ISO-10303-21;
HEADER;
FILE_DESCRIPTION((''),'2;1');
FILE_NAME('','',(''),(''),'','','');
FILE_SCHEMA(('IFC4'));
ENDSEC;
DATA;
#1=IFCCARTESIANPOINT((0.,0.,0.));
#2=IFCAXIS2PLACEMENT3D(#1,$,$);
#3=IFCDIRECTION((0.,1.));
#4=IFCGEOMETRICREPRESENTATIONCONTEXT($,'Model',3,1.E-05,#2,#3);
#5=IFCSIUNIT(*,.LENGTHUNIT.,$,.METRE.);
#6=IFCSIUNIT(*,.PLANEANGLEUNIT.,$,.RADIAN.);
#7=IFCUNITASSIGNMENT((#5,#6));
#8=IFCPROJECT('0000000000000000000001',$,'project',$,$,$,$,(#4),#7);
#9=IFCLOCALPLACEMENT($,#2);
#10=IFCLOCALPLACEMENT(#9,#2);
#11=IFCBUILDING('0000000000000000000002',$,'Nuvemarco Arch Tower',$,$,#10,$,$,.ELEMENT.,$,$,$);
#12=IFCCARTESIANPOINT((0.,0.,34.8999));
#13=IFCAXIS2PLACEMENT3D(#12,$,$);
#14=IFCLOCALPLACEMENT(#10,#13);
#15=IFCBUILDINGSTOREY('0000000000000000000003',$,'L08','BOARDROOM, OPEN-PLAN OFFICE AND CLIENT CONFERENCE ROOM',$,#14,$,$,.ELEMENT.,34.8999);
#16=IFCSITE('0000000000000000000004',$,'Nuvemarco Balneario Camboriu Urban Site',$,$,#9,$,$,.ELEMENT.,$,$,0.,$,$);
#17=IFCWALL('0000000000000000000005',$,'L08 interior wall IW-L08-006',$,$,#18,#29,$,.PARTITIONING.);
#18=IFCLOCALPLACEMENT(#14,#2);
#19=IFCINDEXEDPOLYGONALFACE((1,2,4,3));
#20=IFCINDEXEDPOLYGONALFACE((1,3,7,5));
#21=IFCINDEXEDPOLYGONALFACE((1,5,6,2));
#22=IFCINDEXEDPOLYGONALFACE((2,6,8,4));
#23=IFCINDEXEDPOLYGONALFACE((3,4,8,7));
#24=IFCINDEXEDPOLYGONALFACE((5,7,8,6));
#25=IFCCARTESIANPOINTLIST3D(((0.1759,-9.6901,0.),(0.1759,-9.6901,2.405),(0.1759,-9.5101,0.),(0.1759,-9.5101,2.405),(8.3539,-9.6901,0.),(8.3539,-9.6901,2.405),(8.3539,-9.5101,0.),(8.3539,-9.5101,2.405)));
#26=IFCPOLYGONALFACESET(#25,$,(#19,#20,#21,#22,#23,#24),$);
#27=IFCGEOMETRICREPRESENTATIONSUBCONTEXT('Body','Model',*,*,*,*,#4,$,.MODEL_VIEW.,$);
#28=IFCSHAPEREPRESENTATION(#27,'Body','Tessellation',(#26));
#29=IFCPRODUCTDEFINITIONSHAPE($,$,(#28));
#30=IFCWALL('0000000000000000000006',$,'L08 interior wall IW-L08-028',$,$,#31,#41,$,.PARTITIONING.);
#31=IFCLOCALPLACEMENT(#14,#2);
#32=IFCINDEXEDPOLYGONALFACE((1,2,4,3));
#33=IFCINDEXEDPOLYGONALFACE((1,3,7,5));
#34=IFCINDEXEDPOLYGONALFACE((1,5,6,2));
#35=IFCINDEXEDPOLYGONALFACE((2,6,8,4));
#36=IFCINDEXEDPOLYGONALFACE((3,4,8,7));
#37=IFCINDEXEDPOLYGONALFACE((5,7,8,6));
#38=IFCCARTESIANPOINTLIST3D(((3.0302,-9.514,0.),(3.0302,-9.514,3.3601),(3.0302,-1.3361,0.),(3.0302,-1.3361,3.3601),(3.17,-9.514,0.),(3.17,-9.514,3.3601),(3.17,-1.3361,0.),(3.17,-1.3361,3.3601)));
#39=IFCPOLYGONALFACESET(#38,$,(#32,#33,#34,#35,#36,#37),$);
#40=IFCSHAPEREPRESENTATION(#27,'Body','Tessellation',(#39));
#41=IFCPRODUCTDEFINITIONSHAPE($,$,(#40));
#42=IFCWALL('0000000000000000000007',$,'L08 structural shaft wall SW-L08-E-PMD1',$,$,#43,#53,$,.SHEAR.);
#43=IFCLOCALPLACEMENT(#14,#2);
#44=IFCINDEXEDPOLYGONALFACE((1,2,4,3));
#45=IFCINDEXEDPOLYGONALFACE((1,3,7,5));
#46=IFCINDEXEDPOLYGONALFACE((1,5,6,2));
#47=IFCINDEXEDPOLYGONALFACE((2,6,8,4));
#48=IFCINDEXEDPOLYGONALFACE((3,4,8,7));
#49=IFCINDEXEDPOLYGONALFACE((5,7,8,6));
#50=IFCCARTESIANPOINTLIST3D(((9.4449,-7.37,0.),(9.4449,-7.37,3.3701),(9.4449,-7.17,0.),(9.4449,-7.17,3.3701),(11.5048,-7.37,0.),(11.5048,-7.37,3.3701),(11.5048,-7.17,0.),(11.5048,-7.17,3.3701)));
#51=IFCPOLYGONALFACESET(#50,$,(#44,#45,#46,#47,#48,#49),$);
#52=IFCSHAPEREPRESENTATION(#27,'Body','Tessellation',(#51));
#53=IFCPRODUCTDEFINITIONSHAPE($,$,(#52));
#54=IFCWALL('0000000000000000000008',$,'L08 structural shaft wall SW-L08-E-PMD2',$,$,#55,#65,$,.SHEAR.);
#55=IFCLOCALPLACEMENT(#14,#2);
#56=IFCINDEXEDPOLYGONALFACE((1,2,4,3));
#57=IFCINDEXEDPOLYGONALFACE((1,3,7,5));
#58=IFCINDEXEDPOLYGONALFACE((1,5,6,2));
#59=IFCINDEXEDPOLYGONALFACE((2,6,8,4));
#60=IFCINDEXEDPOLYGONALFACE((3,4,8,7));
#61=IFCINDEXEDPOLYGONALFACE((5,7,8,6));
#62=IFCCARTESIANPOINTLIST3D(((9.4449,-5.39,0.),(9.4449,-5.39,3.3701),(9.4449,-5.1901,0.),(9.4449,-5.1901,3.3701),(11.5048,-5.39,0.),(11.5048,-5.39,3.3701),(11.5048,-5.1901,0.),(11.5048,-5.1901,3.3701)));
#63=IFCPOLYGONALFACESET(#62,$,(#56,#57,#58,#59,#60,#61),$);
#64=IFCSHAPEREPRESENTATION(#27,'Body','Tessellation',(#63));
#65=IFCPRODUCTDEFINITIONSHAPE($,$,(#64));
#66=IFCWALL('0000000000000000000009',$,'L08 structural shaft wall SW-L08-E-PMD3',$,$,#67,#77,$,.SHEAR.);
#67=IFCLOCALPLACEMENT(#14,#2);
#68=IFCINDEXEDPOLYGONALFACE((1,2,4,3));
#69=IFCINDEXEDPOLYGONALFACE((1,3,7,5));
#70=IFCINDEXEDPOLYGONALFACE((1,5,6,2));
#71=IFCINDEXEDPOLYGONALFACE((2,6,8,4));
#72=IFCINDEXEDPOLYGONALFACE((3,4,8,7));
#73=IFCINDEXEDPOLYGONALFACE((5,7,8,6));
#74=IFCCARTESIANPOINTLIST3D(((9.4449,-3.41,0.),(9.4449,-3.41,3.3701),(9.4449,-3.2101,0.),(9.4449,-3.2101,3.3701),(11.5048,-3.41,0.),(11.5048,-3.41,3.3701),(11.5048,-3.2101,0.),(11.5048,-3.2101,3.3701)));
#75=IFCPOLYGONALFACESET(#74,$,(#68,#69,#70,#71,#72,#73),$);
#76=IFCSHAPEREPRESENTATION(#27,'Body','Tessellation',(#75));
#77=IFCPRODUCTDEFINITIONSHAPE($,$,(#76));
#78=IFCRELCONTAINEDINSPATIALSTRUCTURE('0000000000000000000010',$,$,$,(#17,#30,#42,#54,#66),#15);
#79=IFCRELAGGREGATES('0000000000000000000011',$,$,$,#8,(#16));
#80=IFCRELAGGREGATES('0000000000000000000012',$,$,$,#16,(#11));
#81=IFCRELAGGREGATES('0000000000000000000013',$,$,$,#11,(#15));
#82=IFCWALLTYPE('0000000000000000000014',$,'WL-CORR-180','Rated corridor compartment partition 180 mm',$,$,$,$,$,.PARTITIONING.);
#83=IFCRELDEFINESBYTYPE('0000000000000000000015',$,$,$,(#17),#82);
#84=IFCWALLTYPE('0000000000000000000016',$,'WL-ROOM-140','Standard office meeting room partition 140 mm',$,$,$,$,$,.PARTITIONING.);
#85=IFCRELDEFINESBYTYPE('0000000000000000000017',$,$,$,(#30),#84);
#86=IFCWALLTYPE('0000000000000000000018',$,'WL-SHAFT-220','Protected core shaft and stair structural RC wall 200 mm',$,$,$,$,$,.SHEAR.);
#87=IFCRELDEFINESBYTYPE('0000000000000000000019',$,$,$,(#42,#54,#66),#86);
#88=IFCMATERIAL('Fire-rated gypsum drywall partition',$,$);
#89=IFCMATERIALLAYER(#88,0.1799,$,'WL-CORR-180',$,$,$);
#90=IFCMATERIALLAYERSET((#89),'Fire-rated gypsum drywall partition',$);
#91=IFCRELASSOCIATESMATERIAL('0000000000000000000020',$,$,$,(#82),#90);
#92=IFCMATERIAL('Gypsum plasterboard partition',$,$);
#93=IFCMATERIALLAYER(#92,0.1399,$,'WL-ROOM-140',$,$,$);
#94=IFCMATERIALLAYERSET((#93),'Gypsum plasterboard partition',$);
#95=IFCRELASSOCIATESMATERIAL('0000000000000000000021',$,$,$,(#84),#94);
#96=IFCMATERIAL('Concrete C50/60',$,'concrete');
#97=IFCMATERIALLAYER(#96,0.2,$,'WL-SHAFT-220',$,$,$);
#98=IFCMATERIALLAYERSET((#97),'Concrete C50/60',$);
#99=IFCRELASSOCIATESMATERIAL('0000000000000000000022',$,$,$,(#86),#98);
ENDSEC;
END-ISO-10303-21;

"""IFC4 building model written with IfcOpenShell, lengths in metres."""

from ifc_helpers import new_model, si_unit, direction, frame, frame_2d, origin, place, context, subcontext, project, spatial, rectangle, extrude, material, layer, layer_set, type_object, element, save


model = new_model("IFC4")

# Units and contexts
model_context = context("Model", 3, precision=1e-05, world=origin(), true_north=direction((0.0, 1.0)))
body_context = subcontext(model_context, "Body", "Model", "MODEL_VIEW")
ifc_project = project(units=[si_unit("LENGTHUNIT", "METRE"), si_unit("PLANEANGLEUNIT", "RADIAN")], contexts=[model_context])

# Site, building, storey
site_placement = place(None, origin())
site = spatial("IfcSite", under=ifc_project, at=site_placement, Name="Nuvemarco Balneario Camboriu Urban Site", CompositionType="ELEMENT", RefElevation=0.0)
building_placement = place(site_placement, origin())
building = spatial("IfcBuilding", under=site, at=building_placement, Name="Nuvemarco Arch Tower", CompositionType="ELEMENT")
storey_placement = place(building_placement, frame((0.0, 0.0, 34.8999)))
storey = spatial("IfcBuildingStorey", under=building, at=storey_placement, Name="L08", Description="BOARDROOM, OPEN-PLAN OFFICE AND CLIENT CONFERENCE ROOM", CompositionType="ELEMENT", Elevation=34.8999)

# Shared definitions
ifc_material_1 = material(Name="Concrete C50/60", Category="concrete")

# Walls
ifc_material_2 = material(Name="Fire-rated gypsum drywall partition")
ifc_layer_1 = layer(ifc_material_2, 0.1799, Name="WL-CORR-180")
ifc_layer_set_1 = layer_set([ifc_layer_1], Name="Fire-rated gypsum drywall partition")
wall_type_1 = type_object("IfcWallType", Name="WL-CORR-180", Description="Rated corridor compartment partition 180 mm", PredefinedType="PARTITIONING", material=ifc_layer_set_1)
wall_1_placement = place(storey_placement, frame((0.176, -9.6001, 0.0), z_axis=(0.0, 0.0, 1.0), x_axis=(1.0, 0.0, 0.0)))
element("IfcWall", 1, at=wall_1_placement, inside=storey, type_object=wall_type_1, Name="L08 interior wall IW-L08-006", PredefinedType="PARTITIONING", context=body_context, shape_type="SweptSolid", body=[
    extrude(rectangle(XDim=8.178, YDim=0.1799, at=frame_2d((4.0889, 0.0))), origin(), (0.0, 0.0, 1.0), 2.405),
])
ifc_material_3 = material(Name="Gypsum plasterboard partition")
ifc_layer_2 = layer(ifc_material_3, 0.1399, Name="WL-ROOM-140")
ifc_layer_set_2 = layer_set([ifc_layer_2], Name="Gypsum plasterboard partition")
wall_type_2 = type_object("IfcWallType", Name="WL-ROOM-140", Description="Standard office meeting room partition 140 mm", PredefinedType="PARTITIONING", material=ifc_layer_set_2)
wall_2_placement = place(storey_placement, frame((3.1001, -9.5139, 0.0), z_axis=(0.0, 0.0, 1.0), x_axis=(0.0, 1.0, 0.0)))
element("IfcWall", 2, at=wall_2_placement, inside=storey, type_object=wall_type_2, Name="L08 interior wall IW-L08-028", PredefinedType="PARTITIONING", context=body_context, shape_type="SweptSolid", body=[
    extrude(rectangle(XDim=8.178, YDim=0.1399, at=frame_2d((4.0889, 0.0))), origin(), (0.0, 0.0, 1.0), 3.3601),
])
ifc_layer_3 = layer(ifc_material_1, 0.2, Name="WL-SHAFT-220")
ifc_layer_set_3 = layer_set([ifc_layer_3], Name="Concrete C50/60")
wall_type_3 = type_object("IfcWallType", Name="WL-SHAFT-220", Description="Protected core shaft and stair structural RC wall 200 mm", PredefinedType="SHEAR", material=ifc_layer_set_3)
for number, where, z_axis, x_axis, name in (
    (3, (9.4451, -7.27, 0.0), (0.0, 0.0, 1.0), (1.0, 0.0, 0.0), "L08 structural shaft wall SW-L08-E-PMD1"),
    (4, (9.4451, -5.29, 0.0), (0.0, 0.0, 1.0), (1.0, 0.0, 0.0), "L08 structural shaft wall SW-L08-E-PMD2"),
    (5, (9.4451, -3.3101, 0.0), (0.0, 0.0, 1.0), (1.0, 0.0, 0.0), "L08 structural shaft wall SW-L08-E-PMD3"),
):
    element("IfcWall", number, at=place(storey_placement, frame(where, z_axis=z_axis, x_axis=x_axis)), inside=storey, type_object=wall_type_3, Name=name, PredefinedType="SHEAR", context=body_context, shape_type="SweptSolid", body=[
        extrude(rectangle(XDim=2.0598, YDim=0.2, at=frame_2d((1.0298, 0.0))), origin(), (0.0, 0.0, 1.0), 3.3701),
    ])

save(model, "model.ifc")
